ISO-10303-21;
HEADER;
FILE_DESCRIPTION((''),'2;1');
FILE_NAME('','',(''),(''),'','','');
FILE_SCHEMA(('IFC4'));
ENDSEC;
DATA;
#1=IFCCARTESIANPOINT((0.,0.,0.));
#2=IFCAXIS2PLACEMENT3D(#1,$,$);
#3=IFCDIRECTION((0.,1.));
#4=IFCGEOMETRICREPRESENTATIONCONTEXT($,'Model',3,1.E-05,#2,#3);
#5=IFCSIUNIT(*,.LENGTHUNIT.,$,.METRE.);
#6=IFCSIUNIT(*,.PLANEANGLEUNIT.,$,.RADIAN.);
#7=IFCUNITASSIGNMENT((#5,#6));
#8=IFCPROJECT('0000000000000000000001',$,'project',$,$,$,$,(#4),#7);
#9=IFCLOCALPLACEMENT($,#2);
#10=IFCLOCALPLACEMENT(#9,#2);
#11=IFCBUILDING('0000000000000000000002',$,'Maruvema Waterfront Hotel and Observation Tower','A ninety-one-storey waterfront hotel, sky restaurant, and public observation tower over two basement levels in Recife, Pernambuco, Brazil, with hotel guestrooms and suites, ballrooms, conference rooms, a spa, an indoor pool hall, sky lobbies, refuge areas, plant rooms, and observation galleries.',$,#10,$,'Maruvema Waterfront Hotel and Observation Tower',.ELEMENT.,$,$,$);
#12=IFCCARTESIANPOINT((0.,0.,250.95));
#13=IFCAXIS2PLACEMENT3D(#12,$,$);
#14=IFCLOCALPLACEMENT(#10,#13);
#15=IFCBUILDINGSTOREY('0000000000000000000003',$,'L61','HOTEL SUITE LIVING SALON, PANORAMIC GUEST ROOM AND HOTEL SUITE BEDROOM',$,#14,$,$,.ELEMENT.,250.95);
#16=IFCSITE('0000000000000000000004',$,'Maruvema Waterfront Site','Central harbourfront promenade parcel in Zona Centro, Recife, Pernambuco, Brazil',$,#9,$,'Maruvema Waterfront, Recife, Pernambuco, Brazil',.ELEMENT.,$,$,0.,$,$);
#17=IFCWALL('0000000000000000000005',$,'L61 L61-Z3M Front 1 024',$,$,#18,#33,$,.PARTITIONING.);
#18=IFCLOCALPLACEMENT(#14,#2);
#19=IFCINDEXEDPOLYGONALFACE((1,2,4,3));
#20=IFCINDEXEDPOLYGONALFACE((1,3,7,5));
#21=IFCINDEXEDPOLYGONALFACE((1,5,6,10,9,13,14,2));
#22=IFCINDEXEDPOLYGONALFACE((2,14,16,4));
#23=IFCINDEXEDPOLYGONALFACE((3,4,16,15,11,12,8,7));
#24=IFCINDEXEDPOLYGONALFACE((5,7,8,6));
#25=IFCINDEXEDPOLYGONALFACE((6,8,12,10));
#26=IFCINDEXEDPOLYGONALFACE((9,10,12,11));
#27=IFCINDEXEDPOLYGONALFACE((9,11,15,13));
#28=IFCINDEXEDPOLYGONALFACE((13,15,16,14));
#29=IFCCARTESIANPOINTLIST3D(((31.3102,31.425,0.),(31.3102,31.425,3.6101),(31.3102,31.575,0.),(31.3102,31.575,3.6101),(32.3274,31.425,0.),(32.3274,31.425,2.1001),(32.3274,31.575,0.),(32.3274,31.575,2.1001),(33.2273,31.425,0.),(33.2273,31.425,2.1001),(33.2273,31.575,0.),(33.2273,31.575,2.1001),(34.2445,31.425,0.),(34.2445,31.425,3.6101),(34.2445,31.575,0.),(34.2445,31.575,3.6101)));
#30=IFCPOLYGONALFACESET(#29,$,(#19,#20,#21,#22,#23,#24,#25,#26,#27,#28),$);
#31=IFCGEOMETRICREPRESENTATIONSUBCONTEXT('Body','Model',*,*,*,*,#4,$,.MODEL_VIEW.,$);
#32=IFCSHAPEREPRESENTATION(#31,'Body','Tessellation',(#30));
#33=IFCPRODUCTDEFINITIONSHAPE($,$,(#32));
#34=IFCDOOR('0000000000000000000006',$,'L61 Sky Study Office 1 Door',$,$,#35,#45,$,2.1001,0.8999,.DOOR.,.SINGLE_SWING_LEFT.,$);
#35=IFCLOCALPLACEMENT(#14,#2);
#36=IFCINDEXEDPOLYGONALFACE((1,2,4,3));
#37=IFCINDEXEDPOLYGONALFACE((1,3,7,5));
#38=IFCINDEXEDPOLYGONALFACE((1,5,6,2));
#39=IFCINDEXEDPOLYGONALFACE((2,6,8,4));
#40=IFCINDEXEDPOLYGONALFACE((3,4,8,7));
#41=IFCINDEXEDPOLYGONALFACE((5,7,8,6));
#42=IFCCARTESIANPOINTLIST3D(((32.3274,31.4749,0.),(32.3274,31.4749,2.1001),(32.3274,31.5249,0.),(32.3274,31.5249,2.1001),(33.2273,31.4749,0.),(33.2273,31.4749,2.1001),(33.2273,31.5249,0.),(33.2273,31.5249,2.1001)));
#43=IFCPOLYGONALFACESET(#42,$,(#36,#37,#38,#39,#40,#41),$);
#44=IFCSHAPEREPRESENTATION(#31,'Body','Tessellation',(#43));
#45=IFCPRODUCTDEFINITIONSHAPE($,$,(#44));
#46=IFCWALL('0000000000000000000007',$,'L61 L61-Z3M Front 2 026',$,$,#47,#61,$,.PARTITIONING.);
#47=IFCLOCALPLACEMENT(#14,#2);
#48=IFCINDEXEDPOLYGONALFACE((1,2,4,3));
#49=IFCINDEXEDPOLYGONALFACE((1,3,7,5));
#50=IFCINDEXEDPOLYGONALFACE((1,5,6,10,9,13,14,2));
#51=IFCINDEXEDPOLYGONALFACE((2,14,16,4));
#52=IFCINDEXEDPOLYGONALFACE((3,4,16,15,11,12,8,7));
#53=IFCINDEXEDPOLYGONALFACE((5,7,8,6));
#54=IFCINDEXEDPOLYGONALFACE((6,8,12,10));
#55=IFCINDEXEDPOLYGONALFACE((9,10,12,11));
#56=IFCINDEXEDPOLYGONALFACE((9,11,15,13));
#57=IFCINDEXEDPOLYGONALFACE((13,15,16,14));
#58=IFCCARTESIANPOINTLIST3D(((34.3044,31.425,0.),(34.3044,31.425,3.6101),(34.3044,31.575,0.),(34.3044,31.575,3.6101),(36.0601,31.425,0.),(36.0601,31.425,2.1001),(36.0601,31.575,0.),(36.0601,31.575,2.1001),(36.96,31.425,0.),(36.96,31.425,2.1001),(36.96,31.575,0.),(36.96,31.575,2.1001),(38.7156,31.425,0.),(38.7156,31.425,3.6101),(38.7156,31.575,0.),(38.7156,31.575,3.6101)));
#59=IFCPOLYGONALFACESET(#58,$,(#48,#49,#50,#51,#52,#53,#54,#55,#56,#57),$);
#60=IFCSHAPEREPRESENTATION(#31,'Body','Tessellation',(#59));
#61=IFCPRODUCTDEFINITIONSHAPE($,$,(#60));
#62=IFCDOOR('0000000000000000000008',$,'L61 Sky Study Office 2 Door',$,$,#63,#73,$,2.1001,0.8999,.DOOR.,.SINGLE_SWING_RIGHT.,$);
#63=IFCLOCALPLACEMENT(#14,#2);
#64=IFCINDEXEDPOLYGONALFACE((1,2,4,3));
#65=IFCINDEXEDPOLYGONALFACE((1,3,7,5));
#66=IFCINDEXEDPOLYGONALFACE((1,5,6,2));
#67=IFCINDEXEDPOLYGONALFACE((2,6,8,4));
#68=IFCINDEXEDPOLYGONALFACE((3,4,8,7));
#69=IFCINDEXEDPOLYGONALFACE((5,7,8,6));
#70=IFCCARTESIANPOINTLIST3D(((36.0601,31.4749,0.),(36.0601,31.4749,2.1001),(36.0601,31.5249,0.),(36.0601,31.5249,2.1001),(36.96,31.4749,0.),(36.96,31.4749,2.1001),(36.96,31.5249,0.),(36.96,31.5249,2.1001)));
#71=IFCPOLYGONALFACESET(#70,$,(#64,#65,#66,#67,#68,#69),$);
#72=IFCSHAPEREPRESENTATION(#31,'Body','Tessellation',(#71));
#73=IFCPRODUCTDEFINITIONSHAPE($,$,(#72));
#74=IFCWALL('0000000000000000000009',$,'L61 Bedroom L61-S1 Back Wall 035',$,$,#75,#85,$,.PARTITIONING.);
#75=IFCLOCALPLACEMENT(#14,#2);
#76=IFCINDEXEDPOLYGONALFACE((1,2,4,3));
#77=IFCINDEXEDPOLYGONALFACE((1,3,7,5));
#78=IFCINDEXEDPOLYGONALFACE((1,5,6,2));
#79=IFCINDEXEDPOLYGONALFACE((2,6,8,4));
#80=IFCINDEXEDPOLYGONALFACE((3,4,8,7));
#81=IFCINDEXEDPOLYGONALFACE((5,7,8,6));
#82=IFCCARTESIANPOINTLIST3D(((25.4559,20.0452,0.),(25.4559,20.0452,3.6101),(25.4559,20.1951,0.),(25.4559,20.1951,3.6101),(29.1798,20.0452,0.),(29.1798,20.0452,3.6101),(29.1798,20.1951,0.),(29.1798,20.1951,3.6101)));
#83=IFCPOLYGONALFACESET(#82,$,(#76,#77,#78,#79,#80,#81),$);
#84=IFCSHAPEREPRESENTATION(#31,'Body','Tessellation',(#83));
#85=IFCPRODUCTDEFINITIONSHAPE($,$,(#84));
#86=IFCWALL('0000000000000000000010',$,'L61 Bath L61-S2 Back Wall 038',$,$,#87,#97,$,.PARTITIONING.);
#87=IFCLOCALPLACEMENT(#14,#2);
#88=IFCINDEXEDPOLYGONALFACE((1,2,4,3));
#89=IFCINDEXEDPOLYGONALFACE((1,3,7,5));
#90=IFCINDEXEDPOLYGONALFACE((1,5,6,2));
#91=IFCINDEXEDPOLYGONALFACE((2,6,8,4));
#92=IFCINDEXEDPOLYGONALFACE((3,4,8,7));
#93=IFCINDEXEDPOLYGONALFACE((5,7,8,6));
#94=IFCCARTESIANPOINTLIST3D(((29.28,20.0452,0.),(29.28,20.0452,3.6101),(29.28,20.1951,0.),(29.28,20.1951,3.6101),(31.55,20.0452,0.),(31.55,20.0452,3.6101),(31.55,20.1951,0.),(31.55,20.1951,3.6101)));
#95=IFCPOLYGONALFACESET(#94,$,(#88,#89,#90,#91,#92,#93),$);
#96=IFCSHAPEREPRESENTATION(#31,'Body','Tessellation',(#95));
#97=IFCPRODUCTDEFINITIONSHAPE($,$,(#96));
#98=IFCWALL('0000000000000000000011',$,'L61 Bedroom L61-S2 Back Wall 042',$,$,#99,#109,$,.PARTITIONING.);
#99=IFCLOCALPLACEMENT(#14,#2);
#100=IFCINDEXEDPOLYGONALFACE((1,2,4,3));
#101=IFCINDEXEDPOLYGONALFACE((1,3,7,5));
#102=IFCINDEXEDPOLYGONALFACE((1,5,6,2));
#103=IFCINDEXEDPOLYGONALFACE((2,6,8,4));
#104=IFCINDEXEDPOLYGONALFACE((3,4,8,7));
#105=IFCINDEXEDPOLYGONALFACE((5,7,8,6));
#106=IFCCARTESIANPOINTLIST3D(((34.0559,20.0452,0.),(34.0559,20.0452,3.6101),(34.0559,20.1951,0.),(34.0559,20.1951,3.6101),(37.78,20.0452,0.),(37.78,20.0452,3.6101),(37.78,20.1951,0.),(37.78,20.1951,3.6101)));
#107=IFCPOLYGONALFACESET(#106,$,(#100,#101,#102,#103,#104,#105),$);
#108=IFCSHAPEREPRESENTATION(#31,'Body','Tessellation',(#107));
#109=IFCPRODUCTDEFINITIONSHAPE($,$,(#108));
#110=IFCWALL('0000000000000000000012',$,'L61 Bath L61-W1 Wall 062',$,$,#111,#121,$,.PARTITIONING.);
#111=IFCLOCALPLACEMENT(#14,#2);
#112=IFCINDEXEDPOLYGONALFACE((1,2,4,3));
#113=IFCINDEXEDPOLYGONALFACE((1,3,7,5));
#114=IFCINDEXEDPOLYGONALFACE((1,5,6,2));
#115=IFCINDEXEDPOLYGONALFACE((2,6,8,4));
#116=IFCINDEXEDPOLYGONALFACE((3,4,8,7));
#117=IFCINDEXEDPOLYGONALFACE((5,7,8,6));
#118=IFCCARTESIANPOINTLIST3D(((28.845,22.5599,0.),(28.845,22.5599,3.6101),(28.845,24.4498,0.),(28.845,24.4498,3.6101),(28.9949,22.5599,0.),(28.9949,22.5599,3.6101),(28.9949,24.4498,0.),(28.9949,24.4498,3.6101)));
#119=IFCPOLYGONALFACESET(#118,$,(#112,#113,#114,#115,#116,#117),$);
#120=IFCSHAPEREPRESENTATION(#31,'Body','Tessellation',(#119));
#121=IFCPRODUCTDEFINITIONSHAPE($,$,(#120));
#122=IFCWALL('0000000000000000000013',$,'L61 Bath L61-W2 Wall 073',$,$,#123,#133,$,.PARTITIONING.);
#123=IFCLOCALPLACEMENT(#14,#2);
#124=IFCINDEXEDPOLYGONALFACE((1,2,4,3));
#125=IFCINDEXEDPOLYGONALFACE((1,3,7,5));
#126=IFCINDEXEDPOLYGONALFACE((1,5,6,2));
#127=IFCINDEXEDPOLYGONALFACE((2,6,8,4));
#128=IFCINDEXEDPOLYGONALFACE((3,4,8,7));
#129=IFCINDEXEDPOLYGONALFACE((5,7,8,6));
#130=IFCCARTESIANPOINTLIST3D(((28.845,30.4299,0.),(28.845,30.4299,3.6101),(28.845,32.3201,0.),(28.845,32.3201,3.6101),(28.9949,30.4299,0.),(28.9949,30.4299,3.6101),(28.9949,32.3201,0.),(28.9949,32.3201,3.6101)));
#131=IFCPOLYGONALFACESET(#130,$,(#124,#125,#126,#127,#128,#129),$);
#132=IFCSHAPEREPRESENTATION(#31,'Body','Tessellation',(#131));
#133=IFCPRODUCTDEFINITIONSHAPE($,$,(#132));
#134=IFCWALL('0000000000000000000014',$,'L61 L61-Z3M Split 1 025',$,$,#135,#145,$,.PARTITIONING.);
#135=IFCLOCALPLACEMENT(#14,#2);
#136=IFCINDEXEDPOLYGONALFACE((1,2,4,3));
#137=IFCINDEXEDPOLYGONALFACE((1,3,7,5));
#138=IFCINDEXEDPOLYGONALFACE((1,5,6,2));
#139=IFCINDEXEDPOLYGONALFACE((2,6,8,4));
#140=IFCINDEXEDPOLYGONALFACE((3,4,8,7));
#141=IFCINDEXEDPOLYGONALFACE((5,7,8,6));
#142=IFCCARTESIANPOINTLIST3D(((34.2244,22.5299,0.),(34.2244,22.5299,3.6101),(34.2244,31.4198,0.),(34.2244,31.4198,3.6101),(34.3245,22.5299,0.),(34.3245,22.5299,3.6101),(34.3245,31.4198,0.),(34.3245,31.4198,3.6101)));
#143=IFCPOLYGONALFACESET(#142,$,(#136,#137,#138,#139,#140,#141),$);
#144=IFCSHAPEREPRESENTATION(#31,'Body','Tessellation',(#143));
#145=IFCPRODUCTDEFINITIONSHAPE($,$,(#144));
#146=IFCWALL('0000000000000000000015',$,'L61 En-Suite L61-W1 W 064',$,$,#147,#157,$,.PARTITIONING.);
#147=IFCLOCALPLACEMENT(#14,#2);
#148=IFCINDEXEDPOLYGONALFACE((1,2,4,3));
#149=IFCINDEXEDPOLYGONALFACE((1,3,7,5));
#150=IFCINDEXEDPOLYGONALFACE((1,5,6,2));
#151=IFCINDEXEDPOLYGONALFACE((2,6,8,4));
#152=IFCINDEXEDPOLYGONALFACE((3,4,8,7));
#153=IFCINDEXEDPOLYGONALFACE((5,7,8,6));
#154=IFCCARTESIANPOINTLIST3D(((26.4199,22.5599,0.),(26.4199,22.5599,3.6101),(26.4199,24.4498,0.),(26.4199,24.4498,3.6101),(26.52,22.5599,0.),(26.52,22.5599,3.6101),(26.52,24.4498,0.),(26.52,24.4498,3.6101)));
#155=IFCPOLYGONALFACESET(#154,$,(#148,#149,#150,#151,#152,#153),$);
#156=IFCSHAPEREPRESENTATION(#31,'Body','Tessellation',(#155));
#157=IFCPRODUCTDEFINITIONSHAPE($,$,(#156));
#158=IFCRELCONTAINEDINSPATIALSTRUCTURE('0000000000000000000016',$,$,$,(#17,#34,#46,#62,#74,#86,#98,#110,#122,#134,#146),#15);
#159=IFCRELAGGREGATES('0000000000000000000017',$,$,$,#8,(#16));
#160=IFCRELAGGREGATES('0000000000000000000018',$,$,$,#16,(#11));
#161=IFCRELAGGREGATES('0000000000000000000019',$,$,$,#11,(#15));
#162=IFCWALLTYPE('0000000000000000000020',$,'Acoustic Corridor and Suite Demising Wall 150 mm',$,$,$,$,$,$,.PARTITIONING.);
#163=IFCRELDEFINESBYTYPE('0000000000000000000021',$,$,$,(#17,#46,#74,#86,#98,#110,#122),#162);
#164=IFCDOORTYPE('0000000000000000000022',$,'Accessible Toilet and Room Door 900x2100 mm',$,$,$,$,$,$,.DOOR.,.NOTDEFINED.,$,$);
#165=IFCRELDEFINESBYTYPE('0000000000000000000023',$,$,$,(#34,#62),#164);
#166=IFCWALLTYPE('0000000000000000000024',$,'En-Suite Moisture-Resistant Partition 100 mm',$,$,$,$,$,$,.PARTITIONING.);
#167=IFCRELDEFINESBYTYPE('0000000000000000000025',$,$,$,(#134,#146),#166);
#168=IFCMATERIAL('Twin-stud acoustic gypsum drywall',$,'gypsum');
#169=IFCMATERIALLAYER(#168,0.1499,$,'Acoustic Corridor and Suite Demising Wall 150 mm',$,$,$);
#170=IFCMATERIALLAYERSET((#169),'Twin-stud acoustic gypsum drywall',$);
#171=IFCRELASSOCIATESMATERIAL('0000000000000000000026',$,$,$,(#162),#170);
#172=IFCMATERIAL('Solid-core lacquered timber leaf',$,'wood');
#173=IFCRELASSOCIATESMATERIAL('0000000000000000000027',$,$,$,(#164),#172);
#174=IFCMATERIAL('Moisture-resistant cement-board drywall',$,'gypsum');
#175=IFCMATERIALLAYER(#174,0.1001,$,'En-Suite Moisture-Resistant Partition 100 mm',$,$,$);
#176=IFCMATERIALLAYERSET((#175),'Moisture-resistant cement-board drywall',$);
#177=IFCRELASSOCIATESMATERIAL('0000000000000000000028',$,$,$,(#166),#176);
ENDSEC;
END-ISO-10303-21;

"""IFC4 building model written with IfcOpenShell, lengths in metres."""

from ifc_helpers import new_model, si_unit, direction, frame, frame_2d, origin, place, context, subcontext, project, spatial, rectangle, extrude, material, layer, layer_set, type_object, element, fill, save


model = new_model("IFC4")

# Units and contexts
model_context = context("Model", 3, precision=1e-05, world=origin(), true_north=direction((0.0, 1.0)))
body_context = subcontext(model_context, "Body", "Model", "MODEL_VIEW")
ifc_project = project(units=[si_unit("LENGTHUNIT", "METRE"), si_unit("PLANEANGLEUNIT", "RADIAN")], contexts=[model_context])

# Site, building, storey
site_placement = place(None, origin())
site = spatial("IfcSite", under=ifc_project, at=site_placement, Name="Maruvema Waterfront Site", Description="Central harbourfront promenade parcel in Zona Centro, Recife, Pernambuco, Brazil", LongName="Maruvema Waterfront, Recife, Pernambuco, Brazil", CompositionType="ELEMENT", RefElevation=0.0)
building_placement = place(site_placement, origin())
building = spatial("IfcBuilding", under=site, at=building_placement, Name="Maruvema Waterfront Hotel and Observation Tower", Description="A ninety-one-storey waterfront hotel, sky restaurant, and public observation tower over two basement levels in Recife, Pernambuco, Brazil, with hotel guestrooms and suites, ballrooms, conference rooms, a spa, an indoor pool hall, sky lobbies, refuge areas, plant rooms, and observation galleries.", LongName="Maruvema Waterfront Hotel and Observation Tower", CompositionType="ELEMENT")
storey_placement = place(building_placement, frame((0.0, 0.0, 250.95)))
storey = spatial("IfcBuildingStorey", under=building, at=storey_placement, Name="L61", Description="HOTEL SUITE LIVING SALON, PANORAMIC GUEST ROOM AND HOTEL SUITE BEDROOM", CompositionType="ELEMENT", Elevation=250.95)

# Shared definitions
ifc_material_1 = material(Name="Twin-stud acoustic gypsum drywall", Category="gypsum")
ifc_layer_1 = layer(ifc_material_1, 0.1499, Name="Acoustic Corridor and Suite Demising Wall 150 mm")
ifc_layer_set_1 = layer_set([ifc_layer_1], Name="Twin-stud acoustic gypsum drywall")
wall_type_1 = type_object("IfcWallType", Name="Acoustic Corridor and Suite Demising Wall 150 mm", PredefinedType="PARTITIONING", material=ifc_layer_set_1)

# Walls, openings, doors
wall_1_placement = place(storey_placement, frame((31.3101, 31.5, 0.0), z_axis=(0.0, 0.0, 1.0), x_axis=(1.0, 0.0, 0.0)))
wall_1 = element("IfcWall", 1, at=wall_1_placement, inside=storey, type_object=wall_type_1, Name="L61 L61-Z3M Front 1 024", PredefinedType="PARTITIONING", context=body_context, shape_type="SweptSolid", body=[
    extrude(rectangle(XDim=2.9343, YDim=0.1499, at=frame_2d((1.4673, 0.0))), origin(), (0.0, 0.0, 1.0), 3.6101),
])
opening_1_placement = place(wall_1_placement, frame((1.0173, 0.0, 0.0)))
opening_1 = element("IfcOpeningElement", 2, at=opening_1_placement, cuts=wall_1, PredefinedType="OPENING", context=body_context, shape_type="SweptSolid", body=[
    extrude(rectangle(XDim=0.8999, YDim=2.1001, at=frame_2d((0.45, 1.05))), frame((0.0, 0.085, 0.0), z_axis=(0.0, -1.0, 0.0), x_axis=(1.0, 0.0, 0.0)), (0.0, 0.0, 1.0), 0.1699),
])
ifc_material_2 = material(Name="Solid-core lacquered timber leaf", Category="wood")
door_type_1 = type_object("IfcDoorType", Name="Accessible Toilet and Room Door 900x2100 mm", OperationType="NOTDEFINED", PredefinedType="DOOR", material=ifc_material_2)
door_1_placement = place(opening_1_placement, origin())
door_1 = element("IfcDoor", 3, at=door_1_placement, inside=storey, type_object=door_type_1, Name="L61 Sky Study Office 1 Door", OperationType="SINGLE_SWING_LEFT", OverallHeight=2.1001, OverallWidth=0.8999, PredefinedType="DOOR", context=body_context, shape_type="SweptSolid", body=[
    extrude(rectangle(XDim=0.8999, YDim=2.1001, at=frame_2d((0.45, 1.05))), frame((0.0, 0.0249, 0.0), z_axis=(0.0, -1.0, 0.0), x_axis=(1.0, 0.0, 0.0)), (0.0, 0.0, 1.0), 0.05),
])
fill(opening_1, door_1)
wall_2_placement = place(storey_placement, frame((34.3044, 31.5, 0.0), z_axis=(0.0, 0.0, 1.0), x_axis=(1.0, 0.0, 0.0)))
wall_2 = element("IfcWall", 4, at=wall_2_placement, inside=storey, type_object=wall_type_1, Name="L61 L61-Z3M Front 2 026", PredefinedType="PARTITIONING", context=body_context, shape_type="SweptSolid", body=[
    extrude(rectangle(XDim=4.4111, YDim=0.1499, at=frame_2d((2.2056, 0.0))), origin(), (0.0, 0.0, 1.0), 3.6101),
])
opening_2_placement = place(wall_2_placement, frame((1.7556, 0.0, 0.0)))
opening_2 = element("IfcOpeningElement", 5, at=opening_2_placement, cuts=wall_2, PredefinedType="OPENING", context=body_context, shape_type="SweptSolid", body=[
    extrude(rectangle(XDim=0.8999, YDim=2.1001, at=frame_2d((0.45, 1.05))), frame((0.0, 0.085, 0.0), z_axis=(0.0, -1.0, 0.0), x_axis=(1.0, 0.0, 0.0)), (0.0, 0.0, 1.0), 0.1699),
])
door_2_placement = place(opening_2_placement, origin())
door_2 = element("IfcDoor", 6, at=door_2_placement, inside=storey, type_object=door_type_1, Name="L61 Sky Study Office 2 Door", OperationType="SINGLE_SWING_RIGHT", OverallHeight=2.1001, OverallWidth=0.8999, PredefinedType="DOOR", context=body_context, shape_type="SweptSolid", body=[
    extrude(rectangle(XDim=0.8999, YDim=2.1001, at=frame_2d((0.45, 1.05))), frame((0.0, 0.0249, 0.0), z_axis=(0.0, -1.0, 0.0), x_axis=(1.0, 0.0, 0.0)), (0.0, 0.0, 1.0), 0.05),
])
fill(opening_2, door_2)

# Walls
wall_3_placement = place(storey_placement, frame((25.4561, 20.1201, 0.0), z_axis=(0.0, 0.0, 1.0), x_axis=(1.0, 0.0, 0.0)))
element("IfcWall", 7, at=wall_3_placement, inside=storey, type_object=wall_type_1, Name="L61 Bedroom L61-S1 Back Wall 035", PredefinedType="PARTITIONING", context=body_context, shape_type="SweptSolid", body=[
    extrude(rectangle(XDim=3.7239, YDim=0.1499, at=frame_2d((1.8618, 0.0))), origin(), (0.0, 0.0, 1.0), 3.6101),
])
wall_4_placement = place(storey_placement, frame((29.28, 20.1201, 0.0), z_axis=(0.0, 0.0, 1.0), x_axis=(1.0, 0.0, 0.0)))
element("IfcWall", 8, at=wall_4_placement, inside=storey, type_object=wall_type_1, Name="L61 Bath L61-S2 Back Wall 038", PredefinedType="PARTITIONING", context=body_context, shape_type="SweptSolid", body=[
    extrude(rectangle(XDim=2.27, YDim=0.1499, at=frame_2d((1.135, 0.0))), origin(), (0.0, 0.0, 1.0), 3.6101),
])

# Walls
wall_5_placement = place(storey_placement, frame((34.0559, 20.1201, 0.0), z_axis=(0.0, 0.0, 1.0), x_axis=(1.0, 0.0, 0.0)))
element("IfcWall", 9, at=wall_5_placement, inside=storey, type_object=wall_type_1, Name="L61 Bedroom L61-S2 Back Wall 042", PredefinedType="PARTITIONING", context=body_context, shape_type="SweptSolid", body=[
    extrude(rectangle(XDim=3.7241, YDim=0.1499, at=frame_2d((1.8621, 0.0))), origin(), (0.0, 0.0, 1.0), 3.6101),
])
wall_6_placement = place(storey_placement, frame((28.9199, 22.5601, 0.0), z_axis=(0.0, 0.0, 1.0), x_axis=(0.0, 1.0, 0.0)))
element("IfcWall", 10, at=wall_6_placement, inside=storey, type_object=wall_type_1, Name="L61 Bath L61-W1 Wall 062", PredefinedType="PARTITIONING", context=body_context, shape_type="SweptSolid", body=[
    extrude(rectangle(XDim=1.8899, YDim=0.1499, at=frame_2d((0.9448, 0.0))), origin(), (0.0, 0.0, 1.0), 3.6101),
])

# Walls
wall_7_placement = place(storey_placement, frame((28.9199, 30.4299, 0.0), z_axis=(0.0, 0.0, 1.0), x_axis=(0.0, 1.0, 0.0)))
element("IfcWall", 11, at=wall_7_placement, inside=storey, type_object=wall_type_1, Name="L61 Bath L61-W2 Wall 073", PredefinedType="PARTITIONING", context=body_context, shape_type="SweptSolid", body=[
    extrude(rectangle(XDim=1.8901, YDim=0.1499, at=frame_2d((0.9451, 0.0))), origin(), (0.0, 0.0, 1.0), 3.6101),
])
ifc_material_3 = material(Name="Moisture-resistant cement-board drywall", Category="gypsum")
ifc_layer_2 = layer(ifc_material_3, 0.1001, Name="En-Suite Moisture-Resistant Partition 100 mm")
ifc_layer_set_2 = layer_set([ifc_layer_2], Name="Moisture-resistant cement-board drywall")
wall_type_2 = type_object("IfcWallType", Name="En-Suite Moisture-Resistant Partition 100 mm", PredefinedType="PARTITIONING", material=ifc_layer_set_2)
wall_8_placement = place(storey_placement, frame((34.2744, 22.53, 0.0), z_axis=(0.0, 0.0, 1.0), x_axis=(0.0, 1.0, 0.0)))
element("IfcWall", 12, at=wall_8_placement, inside=storey, type_object=wall_type_2, Name="L61 L61-Z3M Split 1 025", PredefinedType="PARTITIONING", context=body_context, shape_type="SweptSolid", body=[
    extrude(rectangle(XDim=8.8899, YDim=0.1001, at=frame_2d((4.4448, 0.0))), origin(), (0.0, 0.0, 1.0), 3.6101),
])
wall_9_placement = place(storey_placement, frame((26.47, 22.5601, 0.0), z_axis=(0.0, 0.0, 1.0), x_axis=(0.0, 1.0, 0.0)))
element("IfcWall", 13, at=wall_9_placement, inside=storey, type_object=wall_type_2, Name="L61 En-Suite L61-W1 W 064", PredefinedType="PARTITIONING", context=body_context, shape_type="SweptSolid", body=[
    extrude(rectangle(XDim=1.8899, YDim=0.1001, at=frame_2d((0.9448, 0.0))), origin(), (0.0, 0.0, 1.0), 3.6101),
])

save(model, "model.ifc")
